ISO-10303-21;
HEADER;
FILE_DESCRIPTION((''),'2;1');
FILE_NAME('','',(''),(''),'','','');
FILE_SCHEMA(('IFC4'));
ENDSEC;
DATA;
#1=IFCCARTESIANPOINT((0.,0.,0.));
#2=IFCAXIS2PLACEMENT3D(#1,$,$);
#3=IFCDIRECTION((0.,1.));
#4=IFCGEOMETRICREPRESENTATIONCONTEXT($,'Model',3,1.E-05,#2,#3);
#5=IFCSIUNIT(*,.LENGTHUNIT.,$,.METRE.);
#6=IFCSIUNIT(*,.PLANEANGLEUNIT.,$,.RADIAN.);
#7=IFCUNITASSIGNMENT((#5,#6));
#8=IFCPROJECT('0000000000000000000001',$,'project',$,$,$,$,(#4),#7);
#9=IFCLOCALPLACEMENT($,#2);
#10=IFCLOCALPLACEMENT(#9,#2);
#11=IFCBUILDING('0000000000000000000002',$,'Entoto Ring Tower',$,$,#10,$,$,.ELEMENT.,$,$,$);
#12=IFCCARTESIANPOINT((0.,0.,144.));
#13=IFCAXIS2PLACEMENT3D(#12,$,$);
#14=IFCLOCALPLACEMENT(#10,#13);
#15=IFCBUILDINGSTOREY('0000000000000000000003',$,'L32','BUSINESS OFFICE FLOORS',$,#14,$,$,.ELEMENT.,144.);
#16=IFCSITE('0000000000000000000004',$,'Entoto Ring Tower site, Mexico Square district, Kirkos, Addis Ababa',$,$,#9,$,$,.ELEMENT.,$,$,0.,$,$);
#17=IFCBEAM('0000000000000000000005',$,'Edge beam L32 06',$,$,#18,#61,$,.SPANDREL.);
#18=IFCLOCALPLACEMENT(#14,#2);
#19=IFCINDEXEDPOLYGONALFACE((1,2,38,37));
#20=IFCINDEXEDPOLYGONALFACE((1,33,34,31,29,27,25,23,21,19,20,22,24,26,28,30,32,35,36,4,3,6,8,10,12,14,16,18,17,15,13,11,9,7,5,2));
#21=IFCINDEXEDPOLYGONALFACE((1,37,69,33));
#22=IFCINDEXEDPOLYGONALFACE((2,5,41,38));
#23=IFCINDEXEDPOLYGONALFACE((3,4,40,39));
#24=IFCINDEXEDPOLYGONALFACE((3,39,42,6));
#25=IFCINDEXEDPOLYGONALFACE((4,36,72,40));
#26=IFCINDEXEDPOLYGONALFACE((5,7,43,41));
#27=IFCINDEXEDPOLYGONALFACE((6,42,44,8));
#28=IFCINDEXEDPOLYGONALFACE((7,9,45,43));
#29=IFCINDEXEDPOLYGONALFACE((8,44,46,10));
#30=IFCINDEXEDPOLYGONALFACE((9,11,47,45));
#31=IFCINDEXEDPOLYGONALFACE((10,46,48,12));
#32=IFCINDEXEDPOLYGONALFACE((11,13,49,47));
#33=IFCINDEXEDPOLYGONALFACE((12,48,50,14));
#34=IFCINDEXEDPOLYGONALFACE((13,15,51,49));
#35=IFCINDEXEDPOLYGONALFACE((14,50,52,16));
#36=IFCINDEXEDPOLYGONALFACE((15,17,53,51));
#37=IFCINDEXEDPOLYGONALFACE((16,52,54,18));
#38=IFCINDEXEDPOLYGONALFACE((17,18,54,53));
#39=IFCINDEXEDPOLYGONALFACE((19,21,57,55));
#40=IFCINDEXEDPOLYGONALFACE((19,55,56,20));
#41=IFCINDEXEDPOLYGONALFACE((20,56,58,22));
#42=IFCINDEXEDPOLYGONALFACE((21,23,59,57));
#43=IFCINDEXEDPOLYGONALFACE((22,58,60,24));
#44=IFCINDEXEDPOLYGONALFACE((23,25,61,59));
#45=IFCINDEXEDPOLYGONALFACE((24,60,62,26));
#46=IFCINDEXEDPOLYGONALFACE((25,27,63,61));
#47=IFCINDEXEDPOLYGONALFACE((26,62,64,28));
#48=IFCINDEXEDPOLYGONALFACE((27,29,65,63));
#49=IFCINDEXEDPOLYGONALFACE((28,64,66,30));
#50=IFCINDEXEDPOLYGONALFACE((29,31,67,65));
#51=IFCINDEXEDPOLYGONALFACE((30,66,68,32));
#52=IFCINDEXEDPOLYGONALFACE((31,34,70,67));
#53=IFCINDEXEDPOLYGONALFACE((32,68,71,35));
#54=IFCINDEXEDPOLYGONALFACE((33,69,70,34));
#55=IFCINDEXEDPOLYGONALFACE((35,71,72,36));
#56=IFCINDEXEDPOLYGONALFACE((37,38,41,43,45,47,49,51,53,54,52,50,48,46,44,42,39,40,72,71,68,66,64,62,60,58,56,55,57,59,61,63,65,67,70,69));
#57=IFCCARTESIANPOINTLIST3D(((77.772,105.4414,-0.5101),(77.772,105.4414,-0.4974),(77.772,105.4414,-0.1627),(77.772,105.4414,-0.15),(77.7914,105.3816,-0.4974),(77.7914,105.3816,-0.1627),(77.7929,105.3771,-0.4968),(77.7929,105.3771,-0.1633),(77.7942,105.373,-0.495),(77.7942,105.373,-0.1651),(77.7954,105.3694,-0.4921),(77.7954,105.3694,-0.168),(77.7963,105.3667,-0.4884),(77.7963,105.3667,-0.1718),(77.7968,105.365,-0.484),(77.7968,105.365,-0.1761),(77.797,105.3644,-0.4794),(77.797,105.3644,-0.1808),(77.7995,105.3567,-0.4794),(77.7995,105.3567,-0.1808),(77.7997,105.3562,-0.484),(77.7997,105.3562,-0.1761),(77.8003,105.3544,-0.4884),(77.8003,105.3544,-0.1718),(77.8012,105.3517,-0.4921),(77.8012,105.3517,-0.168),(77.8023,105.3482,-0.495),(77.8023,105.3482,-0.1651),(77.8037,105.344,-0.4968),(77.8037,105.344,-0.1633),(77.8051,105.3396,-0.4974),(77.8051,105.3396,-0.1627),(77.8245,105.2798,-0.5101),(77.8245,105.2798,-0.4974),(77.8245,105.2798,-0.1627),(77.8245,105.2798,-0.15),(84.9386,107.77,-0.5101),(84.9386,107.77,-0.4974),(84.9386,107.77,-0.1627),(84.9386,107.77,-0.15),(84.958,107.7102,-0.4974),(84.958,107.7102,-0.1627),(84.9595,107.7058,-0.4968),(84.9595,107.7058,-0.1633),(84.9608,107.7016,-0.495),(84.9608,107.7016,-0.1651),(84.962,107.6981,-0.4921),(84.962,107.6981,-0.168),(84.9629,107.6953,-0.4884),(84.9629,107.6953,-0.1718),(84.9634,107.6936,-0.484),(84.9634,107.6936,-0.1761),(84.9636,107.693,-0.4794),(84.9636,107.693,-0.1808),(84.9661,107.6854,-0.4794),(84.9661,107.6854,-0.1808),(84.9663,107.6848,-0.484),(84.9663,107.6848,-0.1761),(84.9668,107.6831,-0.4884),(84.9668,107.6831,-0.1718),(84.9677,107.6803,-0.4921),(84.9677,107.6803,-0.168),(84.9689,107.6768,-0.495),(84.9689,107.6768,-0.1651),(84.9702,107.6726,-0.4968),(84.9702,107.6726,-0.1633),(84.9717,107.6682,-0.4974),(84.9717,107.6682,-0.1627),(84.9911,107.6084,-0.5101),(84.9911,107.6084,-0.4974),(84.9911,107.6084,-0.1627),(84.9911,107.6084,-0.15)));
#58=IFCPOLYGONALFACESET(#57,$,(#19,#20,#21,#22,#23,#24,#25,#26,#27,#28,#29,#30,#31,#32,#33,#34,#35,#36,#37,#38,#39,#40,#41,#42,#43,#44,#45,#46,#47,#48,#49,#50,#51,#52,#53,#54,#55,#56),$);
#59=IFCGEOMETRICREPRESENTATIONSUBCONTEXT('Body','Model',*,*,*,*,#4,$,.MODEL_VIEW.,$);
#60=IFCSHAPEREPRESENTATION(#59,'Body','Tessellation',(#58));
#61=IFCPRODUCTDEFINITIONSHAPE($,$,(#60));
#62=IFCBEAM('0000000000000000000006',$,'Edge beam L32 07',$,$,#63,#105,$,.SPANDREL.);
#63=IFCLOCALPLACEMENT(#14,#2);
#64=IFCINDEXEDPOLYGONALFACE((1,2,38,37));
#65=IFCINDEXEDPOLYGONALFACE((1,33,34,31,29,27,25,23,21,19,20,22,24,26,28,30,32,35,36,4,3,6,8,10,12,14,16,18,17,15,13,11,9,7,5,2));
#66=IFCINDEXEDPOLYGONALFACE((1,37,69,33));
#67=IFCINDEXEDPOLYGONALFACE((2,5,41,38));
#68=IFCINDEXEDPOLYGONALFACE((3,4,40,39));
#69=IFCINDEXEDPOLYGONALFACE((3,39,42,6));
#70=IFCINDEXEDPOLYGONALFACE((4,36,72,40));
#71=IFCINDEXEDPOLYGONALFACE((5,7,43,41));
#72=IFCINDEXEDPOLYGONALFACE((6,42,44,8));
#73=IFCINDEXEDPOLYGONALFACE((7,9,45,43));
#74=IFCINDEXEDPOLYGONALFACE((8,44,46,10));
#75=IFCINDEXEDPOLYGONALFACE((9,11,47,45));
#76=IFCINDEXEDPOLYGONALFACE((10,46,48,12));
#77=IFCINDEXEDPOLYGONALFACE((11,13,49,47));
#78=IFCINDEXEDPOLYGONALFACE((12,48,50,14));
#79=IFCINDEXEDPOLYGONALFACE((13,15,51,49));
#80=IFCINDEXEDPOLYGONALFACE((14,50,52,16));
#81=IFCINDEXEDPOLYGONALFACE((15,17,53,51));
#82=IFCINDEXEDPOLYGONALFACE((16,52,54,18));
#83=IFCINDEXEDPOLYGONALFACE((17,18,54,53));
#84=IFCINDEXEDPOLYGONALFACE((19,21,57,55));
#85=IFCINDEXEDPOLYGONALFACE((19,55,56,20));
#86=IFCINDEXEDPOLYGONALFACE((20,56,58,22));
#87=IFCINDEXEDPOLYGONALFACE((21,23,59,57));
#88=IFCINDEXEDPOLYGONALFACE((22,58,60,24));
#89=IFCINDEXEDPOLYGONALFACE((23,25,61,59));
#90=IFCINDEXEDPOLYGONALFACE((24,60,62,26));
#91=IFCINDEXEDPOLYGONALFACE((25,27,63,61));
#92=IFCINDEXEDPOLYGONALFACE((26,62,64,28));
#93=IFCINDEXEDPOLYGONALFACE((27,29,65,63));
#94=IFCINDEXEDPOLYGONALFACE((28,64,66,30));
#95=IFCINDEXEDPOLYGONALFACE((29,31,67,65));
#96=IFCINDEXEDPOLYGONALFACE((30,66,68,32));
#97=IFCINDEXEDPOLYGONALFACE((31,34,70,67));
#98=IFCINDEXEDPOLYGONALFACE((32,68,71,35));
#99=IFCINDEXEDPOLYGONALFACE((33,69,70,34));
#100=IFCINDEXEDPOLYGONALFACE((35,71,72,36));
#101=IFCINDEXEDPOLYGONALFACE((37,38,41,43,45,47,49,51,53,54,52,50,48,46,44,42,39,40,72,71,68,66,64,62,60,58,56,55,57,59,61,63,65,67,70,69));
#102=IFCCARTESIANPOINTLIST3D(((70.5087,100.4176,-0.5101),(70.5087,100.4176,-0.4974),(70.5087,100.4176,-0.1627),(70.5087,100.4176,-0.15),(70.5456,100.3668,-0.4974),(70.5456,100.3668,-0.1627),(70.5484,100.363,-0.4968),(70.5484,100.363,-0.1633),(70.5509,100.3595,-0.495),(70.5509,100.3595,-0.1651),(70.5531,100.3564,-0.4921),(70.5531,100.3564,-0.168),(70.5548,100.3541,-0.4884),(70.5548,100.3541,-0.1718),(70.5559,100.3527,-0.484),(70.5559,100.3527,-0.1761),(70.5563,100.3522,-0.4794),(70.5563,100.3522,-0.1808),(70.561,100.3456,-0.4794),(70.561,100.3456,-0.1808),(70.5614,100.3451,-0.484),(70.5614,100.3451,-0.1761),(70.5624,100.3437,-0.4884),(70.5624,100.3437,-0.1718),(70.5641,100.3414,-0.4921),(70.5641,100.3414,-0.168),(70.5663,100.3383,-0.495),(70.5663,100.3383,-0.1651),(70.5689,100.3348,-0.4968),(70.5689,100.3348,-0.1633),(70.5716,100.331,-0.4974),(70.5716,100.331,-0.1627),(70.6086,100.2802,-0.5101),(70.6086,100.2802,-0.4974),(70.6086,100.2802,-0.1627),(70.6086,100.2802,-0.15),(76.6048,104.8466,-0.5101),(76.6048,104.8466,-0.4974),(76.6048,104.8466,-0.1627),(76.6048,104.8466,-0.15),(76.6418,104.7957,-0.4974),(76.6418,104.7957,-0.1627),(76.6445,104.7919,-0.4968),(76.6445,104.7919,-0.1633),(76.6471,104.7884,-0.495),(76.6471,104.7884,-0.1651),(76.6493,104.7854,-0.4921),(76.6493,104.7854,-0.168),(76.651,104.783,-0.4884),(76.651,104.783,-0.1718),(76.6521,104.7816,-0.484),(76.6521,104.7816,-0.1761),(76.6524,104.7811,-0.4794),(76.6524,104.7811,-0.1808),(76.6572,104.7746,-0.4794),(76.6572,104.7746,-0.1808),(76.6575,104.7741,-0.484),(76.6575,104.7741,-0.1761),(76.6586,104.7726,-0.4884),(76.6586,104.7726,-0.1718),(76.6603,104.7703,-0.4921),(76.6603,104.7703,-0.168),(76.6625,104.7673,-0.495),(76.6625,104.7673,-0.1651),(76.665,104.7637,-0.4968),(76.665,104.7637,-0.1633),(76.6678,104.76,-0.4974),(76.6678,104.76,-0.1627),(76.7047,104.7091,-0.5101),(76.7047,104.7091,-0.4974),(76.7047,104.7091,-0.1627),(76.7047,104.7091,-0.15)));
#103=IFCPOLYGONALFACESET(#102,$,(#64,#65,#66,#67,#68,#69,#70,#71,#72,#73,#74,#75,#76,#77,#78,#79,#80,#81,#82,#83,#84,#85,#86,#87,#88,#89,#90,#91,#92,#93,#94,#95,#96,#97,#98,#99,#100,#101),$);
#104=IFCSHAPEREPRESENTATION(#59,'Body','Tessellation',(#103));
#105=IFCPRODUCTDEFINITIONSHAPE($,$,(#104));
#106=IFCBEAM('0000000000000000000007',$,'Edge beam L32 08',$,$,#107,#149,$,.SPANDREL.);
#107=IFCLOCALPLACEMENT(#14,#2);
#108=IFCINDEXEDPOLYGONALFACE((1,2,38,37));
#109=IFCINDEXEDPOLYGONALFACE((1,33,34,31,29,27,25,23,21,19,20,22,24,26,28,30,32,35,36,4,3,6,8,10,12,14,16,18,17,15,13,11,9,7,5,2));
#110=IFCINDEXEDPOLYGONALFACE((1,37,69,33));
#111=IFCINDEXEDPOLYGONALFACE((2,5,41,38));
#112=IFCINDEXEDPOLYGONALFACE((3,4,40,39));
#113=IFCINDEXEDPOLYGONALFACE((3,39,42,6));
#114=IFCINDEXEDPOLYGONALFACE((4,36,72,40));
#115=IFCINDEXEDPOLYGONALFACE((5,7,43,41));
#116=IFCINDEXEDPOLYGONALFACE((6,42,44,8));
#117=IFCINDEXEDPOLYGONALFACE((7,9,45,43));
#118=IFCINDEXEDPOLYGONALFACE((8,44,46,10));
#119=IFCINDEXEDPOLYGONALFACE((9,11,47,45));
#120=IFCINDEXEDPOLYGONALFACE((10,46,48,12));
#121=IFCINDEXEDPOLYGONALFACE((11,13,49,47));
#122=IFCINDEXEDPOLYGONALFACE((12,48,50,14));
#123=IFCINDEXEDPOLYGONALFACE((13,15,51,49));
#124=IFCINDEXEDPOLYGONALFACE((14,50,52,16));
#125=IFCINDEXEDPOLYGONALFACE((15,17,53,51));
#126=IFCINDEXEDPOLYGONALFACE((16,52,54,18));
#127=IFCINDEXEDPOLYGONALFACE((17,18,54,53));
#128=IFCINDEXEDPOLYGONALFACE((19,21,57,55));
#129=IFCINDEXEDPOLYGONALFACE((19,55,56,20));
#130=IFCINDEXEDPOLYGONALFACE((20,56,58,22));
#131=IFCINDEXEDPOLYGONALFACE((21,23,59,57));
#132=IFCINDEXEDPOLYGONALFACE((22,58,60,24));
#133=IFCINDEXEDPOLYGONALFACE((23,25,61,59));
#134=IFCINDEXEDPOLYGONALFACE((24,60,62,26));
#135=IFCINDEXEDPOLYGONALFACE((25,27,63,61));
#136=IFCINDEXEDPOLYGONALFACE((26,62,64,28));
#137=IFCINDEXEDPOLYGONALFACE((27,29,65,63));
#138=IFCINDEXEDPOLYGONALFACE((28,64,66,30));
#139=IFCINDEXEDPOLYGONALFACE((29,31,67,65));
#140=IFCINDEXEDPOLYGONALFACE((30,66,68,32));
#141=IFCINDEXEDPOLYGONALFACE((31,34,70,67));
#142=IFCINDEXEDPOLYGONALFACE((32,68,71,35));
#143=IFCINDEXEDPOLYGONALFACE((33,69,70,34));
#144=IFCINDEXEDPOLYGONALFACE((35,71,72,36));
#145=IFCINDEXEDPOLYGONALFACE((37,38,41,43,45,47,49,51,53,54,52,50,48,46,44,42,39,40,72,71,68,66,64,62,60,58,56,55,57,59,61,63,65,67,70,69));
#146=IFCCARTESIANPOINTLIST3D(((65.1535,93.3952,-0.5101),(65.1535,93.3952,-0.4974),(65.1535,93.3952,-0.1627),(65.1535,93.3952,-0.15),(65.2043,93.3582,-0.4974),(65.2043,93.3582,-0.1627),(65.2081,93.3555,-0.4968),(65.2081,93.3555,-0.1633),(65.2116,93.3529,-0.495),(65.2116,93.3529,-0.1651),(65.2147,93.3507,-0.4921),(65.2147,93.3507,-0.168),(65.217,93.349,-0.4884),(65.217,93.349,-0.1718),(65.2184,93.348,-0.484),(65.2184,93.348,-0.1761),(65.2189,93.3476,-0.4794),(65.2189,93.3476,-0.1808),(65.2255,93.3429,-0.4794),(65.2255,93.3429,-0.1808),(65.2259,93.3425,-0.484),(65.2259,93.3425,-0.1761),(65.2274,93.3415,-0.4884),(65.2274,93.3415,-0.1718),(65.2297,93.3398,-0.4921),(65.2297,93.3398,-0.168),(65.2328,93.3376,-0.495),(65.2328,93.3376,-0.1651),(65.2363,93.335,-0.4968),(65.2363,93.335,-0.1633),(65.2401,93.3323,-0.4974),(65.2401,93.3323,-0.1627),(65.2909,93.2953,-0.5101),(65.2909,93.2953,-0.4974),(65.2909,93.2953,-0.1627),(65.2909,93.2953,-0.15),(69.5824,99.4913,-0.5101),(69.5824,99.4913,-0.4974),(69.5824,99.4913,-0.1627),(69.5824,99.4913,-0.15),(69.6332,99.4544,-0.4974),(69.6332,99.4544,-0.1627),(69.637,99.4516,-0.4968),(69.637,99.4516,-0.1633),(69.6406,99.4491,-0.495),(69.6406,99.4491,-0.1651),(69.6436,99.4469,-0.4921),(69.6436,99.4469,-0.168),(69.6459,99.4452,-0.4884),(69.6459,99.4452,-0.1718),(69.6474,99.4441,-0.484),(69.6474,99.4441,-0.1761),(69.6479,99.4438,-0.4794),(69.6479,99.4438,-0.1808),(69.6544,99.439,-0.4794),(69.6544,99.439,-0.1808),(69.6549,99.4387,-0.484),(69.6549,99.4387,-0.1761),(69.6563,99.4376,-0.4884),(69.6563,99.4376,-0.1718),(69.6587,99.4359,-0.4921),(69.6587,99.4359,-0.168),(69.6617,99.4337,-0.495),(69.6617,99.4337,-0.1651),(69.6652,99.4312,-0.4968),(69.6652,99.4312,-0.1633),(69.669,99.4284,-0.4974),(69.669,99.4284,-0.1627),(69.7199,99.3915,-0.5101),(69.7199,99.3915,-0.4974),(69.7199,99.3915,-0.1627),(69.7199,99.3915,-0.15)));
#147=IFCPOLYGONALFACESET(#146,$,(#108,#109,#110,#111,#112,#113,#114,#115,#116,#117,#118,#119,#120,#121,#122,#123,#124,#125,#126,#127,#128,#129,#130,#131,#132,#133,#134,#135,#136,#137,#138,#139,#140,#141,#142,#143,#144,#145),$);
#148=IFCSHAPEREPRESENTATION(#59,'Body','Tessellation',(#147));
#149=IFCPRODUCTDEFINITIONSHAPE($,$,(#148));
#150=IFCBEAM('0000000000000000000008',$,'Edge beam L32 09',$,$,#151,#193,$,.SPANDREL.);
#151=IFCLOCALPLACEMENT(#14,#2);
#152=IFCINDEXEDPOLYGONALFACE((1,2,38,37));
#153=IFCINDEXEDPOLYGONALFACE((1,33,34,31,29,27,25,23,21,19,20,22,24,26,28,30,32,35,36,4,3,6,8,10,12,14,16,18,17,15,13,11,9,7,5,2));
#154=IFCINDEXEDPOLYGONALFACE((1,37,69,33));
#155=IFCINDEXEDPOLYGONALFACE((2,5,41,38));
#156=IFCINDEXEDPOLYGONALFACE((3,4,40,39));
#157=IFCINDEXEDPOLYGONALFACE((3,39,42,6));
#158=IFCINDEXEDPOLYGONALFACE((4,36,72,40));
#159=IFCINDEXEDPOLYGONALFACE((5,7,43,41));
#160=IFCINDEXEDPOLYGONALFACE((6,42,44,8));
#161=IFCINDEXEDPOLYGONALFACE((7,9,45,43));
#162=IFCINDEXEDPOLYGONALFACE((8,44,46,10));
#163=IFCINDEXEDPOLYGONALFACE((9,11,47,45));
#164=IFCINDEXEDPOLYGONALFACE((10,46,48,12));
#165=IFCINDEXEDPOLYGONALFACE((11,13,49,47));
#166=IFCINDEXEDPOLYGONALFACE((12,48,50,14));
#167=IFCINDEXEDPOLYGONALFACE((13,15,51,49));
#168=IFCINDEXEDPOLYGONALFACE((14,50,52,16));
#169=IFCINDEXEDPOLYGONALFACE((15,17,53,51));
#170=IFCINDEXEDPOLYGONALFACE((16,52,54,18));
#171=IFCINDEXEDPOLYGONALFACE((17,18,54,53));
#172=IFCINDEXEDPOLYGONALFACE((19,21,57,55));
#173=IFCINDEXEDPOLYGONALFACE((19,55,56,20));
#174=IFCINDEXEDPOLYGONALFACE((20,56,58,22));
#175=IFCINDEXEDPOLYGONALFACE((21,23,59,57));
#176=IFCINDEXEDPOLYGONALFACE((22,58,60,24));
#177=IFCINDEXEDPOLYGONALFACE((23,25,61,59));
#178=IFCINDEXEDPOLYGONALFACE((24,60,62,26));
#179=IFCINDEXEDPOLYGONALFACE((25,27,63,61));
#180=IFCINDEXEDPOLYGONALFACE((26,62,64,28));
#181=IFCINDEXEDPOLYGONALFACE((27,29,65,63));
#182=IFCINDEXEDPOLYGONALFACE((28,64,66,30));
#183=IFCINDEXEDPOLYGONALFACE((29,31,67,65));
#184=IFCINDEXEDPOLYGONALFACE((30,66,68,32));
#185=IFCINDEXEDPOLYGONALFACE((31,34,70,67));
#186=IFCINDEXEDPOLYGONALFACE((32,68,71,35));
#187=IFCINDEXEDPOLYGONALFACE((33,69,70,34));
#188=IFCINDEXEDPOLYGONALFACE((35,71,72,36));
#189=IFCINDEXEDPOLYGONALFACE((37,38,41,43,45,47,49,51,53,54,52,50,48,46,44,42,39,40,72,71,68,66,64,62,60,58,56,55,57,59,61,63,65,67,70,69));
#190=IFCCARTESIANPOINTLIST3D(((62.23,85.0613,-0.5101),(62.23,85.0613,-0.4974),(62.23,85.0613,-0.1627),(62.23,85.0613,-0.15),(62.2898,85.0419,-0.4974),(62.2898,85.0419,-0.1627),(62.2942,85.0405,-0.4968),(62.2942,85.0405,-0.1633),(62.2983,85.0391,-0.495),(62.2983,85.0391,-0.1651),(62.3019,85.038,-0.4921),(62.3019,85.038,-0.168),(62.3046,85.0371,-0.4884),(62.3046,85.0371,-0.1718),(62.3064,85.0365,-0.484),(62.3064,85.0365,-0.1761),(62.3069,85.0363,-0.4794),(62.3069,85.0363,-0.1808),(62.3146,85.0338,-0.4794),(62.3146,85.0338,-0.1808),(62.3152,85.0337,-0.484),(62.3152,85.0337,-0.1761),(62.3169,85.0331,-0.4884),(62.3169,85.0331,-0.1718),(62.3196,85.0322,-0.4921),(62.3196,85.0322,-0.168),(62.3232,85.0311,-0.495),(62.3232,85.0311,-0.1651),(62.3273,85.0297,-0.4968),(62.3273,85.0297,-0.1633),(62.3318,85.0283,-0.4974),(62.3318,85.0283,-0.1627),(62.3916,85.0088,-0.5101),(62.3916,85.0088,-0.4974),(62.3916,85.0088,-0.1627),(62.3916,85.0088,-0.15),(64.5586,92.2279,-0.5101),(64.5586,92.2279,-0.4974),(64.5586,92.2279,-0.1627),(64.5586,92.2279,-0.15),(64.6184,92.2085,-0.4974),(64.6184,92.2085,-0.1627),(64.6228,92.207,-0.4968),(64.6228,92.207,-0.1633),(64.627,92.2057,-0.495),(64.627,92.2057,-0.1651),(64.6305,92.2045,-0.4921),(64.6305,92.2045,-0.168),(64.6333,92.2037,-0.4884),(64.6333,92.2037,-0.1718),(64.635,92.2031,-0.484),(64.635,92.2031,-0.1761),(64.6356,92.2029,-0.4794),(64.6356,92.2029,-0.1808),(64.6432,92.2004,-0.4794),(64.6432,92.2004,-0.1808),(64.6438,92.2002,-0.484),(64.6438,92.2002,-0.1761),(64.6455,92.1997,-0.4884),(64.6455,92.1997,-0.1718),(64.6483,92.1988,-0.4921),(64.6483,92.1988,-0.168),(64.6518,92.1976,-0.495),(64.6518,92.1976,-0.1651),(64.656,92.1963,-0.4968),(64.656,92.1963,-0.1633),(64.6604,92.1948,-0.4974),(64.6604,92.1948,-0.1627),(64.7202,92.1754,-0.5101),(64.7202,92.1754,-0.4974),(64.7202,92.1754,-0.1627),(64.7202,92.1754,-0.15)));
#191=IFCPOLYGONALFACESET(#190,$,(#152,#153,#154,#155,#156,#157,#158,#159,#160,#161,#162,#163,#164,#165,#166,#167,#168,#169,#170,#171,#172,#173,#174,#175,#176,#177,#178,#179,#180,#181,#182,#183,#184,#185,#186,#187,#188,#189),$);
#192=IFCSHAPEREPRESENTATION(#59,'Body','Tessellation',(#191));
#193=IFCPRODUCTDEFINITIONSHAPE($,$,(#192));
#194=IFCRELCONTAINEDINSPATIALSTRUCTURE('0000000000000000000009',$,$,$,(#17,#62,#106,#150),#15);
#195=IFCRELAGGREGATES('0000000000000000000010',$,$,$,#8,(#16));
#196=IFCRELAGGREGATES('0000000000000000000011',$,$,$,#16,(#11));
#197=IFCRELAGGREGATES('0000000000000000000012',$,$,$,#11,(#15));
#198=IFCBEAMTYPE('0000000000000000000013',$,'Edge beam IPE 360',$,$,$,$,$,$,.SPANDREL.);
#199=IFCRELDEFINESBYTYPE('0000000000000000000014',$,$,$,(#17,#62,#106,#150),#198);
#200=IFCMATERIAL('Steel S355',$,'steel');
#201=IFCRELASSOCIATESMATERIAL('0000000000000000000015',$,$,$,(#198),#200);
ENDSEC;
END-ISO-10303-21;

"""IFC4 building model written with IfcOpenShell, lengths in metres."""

from ifc_helpers import new_model, si_unit, direction, frame, origin, origin_2d, place, context, subcontext, project, spatial, i_section, extrude, material, material_profile, profile_set, type_object, element, save


model = new_model("IFC4")

# Units and contexts
model_context = context("Model", 3, precision=1e-05, world=origin(), true_north=direction((0.0, 1.0)))
body_context = subcontext(model_context, "Body", "Model", "MODEL_VIEW")
ifc_project = project(units=[si_unit("LENGTHUNIT", "METRE"), si_unit("PLANEANGLEUNIT", "RADIAN")], contexts=[model_context])

# Site, building, storey
site_placement = place(None, origin())
site = spatial("IfcSite", under=ifc_project, at=site_placement, Name="Entoto Ring Tower site, Mexico Square district, Kirkos, Addis Ababa", CompositionType="ELEMENT", RefElevation=0.0)
building_placement = place(site_placement, origin())
building = spatial("IfcBuilding", under=site, at=building_placement, Name="Entoto Ring Tower", CompositionType="ELEMENT")
storey_placement = place(building_placement, frame((0.0, 0.0, 144.0)))
storey = spatial("IfcBuildingStorey", under=building, at=storey_placement, Name="L32", Description="BUSINESS OFFICE FLOORS", CompositionType="ELEMENT", Elevation=144.0)

# Beams
ifc_material_1 = material(Name="Steel S355", Category="steel")
ifc_material_profile_1 = material_profile(ifc_material_1, i_section(OverallWidth=0.1699, OverallDepth=0.3601, WebThickness=0.0081, FlangeThickness=0.0127, FilletRadius=0.0181, at=origin_2d()), Name="IPE 360")
ifc_profile_set_1 = profile_set([ifc_material_profile_1], Name="Steel S355")
beam_type_1 = type_object("IfcBeamType", Name="Edge beam IPE 360", PredefinedType="SPANDREL", material=ifc_profile_set_1)
beam_1_placement = place(storey_placement, frame((84.9648, 107.6892, -0.3301), z_axis=(-0.951054, -0.309026, 0.0), x_axis=(0.309026, -0.951054, 0.0)))
element("IfcBeam", 1, at=beam_1_placement, inside=storey, type_object=beam_type_1, Name="Edge beam L32 06", PredefinedType="SPANDREL", context=body_context, shape_type="SweptSolid", body=[
    extrude(i_section(OverallWidth=0.1699, OverallDepth=0.3601, WebThickness=0.0081, FlangeThickness=0.0127, FilletRadius=0.0181, at=origin_2d()), origin(), (0.0, 0.0, 1.0), 7.5354),
])
for number, where, z_axis, x_axis, name in (
    (2, (76.6548, 104.7778, -0.3301), (-0.809029, -0.587769, 0.0), (0.587769, -0.809029, 0.0), "Edge beam L32 07"),
    (3, (69.6511, 99.4414, -0.3301), (-0.587769, -0.809029, 0.0), (0.809029, -0.587769, 0.0), "Edge beam L32 08"),
):
    element("IfcBeam", number, at=place(storey_placement, frame(where, z_axis=z_axis, x_axis=x_axis)), inside=storey, type_object=beam_type_1, Name=name, PredefinedType="SPANDREL", context=body_context, shape_type="SweptSolid", body=[
        extrude(i_section(OverallWidth=0.1699, OverallDepth=0.3601, WebThickness=0.0081, FlangeThickness=0.0127, FilletRadius=0.0181, at=origin_2d()), origin(), (0.0, 0.0, 1.0), 7.5352),
    ])
beam_2_placement = place(storey_placement, frame((64.6394, 92.2017, -0.3301), z_axis=(-0.309026, -0.951054, 0.0), x_axis=(0.951054, -0.309026, 0.0)))
element("IfcBeam", 4, at=beam_2_placement, inside=storey, type_object=beam_type_1, Name="Edge beam L32 09", PredefinedType="SPANDREL", context=body_context, shape_type="SweptSolid", body=[
    extrude(i_section(OverallWidth=0.1699, OverallDepth=0.3601, WebThickness=0.0081, FlangeThickness=0.0127, FilletRadius=0.0181, at=origin_2d()), origin(), (0.0, 0.0, 1.0), 7.5354),
])

save(model, "model.ifc")
